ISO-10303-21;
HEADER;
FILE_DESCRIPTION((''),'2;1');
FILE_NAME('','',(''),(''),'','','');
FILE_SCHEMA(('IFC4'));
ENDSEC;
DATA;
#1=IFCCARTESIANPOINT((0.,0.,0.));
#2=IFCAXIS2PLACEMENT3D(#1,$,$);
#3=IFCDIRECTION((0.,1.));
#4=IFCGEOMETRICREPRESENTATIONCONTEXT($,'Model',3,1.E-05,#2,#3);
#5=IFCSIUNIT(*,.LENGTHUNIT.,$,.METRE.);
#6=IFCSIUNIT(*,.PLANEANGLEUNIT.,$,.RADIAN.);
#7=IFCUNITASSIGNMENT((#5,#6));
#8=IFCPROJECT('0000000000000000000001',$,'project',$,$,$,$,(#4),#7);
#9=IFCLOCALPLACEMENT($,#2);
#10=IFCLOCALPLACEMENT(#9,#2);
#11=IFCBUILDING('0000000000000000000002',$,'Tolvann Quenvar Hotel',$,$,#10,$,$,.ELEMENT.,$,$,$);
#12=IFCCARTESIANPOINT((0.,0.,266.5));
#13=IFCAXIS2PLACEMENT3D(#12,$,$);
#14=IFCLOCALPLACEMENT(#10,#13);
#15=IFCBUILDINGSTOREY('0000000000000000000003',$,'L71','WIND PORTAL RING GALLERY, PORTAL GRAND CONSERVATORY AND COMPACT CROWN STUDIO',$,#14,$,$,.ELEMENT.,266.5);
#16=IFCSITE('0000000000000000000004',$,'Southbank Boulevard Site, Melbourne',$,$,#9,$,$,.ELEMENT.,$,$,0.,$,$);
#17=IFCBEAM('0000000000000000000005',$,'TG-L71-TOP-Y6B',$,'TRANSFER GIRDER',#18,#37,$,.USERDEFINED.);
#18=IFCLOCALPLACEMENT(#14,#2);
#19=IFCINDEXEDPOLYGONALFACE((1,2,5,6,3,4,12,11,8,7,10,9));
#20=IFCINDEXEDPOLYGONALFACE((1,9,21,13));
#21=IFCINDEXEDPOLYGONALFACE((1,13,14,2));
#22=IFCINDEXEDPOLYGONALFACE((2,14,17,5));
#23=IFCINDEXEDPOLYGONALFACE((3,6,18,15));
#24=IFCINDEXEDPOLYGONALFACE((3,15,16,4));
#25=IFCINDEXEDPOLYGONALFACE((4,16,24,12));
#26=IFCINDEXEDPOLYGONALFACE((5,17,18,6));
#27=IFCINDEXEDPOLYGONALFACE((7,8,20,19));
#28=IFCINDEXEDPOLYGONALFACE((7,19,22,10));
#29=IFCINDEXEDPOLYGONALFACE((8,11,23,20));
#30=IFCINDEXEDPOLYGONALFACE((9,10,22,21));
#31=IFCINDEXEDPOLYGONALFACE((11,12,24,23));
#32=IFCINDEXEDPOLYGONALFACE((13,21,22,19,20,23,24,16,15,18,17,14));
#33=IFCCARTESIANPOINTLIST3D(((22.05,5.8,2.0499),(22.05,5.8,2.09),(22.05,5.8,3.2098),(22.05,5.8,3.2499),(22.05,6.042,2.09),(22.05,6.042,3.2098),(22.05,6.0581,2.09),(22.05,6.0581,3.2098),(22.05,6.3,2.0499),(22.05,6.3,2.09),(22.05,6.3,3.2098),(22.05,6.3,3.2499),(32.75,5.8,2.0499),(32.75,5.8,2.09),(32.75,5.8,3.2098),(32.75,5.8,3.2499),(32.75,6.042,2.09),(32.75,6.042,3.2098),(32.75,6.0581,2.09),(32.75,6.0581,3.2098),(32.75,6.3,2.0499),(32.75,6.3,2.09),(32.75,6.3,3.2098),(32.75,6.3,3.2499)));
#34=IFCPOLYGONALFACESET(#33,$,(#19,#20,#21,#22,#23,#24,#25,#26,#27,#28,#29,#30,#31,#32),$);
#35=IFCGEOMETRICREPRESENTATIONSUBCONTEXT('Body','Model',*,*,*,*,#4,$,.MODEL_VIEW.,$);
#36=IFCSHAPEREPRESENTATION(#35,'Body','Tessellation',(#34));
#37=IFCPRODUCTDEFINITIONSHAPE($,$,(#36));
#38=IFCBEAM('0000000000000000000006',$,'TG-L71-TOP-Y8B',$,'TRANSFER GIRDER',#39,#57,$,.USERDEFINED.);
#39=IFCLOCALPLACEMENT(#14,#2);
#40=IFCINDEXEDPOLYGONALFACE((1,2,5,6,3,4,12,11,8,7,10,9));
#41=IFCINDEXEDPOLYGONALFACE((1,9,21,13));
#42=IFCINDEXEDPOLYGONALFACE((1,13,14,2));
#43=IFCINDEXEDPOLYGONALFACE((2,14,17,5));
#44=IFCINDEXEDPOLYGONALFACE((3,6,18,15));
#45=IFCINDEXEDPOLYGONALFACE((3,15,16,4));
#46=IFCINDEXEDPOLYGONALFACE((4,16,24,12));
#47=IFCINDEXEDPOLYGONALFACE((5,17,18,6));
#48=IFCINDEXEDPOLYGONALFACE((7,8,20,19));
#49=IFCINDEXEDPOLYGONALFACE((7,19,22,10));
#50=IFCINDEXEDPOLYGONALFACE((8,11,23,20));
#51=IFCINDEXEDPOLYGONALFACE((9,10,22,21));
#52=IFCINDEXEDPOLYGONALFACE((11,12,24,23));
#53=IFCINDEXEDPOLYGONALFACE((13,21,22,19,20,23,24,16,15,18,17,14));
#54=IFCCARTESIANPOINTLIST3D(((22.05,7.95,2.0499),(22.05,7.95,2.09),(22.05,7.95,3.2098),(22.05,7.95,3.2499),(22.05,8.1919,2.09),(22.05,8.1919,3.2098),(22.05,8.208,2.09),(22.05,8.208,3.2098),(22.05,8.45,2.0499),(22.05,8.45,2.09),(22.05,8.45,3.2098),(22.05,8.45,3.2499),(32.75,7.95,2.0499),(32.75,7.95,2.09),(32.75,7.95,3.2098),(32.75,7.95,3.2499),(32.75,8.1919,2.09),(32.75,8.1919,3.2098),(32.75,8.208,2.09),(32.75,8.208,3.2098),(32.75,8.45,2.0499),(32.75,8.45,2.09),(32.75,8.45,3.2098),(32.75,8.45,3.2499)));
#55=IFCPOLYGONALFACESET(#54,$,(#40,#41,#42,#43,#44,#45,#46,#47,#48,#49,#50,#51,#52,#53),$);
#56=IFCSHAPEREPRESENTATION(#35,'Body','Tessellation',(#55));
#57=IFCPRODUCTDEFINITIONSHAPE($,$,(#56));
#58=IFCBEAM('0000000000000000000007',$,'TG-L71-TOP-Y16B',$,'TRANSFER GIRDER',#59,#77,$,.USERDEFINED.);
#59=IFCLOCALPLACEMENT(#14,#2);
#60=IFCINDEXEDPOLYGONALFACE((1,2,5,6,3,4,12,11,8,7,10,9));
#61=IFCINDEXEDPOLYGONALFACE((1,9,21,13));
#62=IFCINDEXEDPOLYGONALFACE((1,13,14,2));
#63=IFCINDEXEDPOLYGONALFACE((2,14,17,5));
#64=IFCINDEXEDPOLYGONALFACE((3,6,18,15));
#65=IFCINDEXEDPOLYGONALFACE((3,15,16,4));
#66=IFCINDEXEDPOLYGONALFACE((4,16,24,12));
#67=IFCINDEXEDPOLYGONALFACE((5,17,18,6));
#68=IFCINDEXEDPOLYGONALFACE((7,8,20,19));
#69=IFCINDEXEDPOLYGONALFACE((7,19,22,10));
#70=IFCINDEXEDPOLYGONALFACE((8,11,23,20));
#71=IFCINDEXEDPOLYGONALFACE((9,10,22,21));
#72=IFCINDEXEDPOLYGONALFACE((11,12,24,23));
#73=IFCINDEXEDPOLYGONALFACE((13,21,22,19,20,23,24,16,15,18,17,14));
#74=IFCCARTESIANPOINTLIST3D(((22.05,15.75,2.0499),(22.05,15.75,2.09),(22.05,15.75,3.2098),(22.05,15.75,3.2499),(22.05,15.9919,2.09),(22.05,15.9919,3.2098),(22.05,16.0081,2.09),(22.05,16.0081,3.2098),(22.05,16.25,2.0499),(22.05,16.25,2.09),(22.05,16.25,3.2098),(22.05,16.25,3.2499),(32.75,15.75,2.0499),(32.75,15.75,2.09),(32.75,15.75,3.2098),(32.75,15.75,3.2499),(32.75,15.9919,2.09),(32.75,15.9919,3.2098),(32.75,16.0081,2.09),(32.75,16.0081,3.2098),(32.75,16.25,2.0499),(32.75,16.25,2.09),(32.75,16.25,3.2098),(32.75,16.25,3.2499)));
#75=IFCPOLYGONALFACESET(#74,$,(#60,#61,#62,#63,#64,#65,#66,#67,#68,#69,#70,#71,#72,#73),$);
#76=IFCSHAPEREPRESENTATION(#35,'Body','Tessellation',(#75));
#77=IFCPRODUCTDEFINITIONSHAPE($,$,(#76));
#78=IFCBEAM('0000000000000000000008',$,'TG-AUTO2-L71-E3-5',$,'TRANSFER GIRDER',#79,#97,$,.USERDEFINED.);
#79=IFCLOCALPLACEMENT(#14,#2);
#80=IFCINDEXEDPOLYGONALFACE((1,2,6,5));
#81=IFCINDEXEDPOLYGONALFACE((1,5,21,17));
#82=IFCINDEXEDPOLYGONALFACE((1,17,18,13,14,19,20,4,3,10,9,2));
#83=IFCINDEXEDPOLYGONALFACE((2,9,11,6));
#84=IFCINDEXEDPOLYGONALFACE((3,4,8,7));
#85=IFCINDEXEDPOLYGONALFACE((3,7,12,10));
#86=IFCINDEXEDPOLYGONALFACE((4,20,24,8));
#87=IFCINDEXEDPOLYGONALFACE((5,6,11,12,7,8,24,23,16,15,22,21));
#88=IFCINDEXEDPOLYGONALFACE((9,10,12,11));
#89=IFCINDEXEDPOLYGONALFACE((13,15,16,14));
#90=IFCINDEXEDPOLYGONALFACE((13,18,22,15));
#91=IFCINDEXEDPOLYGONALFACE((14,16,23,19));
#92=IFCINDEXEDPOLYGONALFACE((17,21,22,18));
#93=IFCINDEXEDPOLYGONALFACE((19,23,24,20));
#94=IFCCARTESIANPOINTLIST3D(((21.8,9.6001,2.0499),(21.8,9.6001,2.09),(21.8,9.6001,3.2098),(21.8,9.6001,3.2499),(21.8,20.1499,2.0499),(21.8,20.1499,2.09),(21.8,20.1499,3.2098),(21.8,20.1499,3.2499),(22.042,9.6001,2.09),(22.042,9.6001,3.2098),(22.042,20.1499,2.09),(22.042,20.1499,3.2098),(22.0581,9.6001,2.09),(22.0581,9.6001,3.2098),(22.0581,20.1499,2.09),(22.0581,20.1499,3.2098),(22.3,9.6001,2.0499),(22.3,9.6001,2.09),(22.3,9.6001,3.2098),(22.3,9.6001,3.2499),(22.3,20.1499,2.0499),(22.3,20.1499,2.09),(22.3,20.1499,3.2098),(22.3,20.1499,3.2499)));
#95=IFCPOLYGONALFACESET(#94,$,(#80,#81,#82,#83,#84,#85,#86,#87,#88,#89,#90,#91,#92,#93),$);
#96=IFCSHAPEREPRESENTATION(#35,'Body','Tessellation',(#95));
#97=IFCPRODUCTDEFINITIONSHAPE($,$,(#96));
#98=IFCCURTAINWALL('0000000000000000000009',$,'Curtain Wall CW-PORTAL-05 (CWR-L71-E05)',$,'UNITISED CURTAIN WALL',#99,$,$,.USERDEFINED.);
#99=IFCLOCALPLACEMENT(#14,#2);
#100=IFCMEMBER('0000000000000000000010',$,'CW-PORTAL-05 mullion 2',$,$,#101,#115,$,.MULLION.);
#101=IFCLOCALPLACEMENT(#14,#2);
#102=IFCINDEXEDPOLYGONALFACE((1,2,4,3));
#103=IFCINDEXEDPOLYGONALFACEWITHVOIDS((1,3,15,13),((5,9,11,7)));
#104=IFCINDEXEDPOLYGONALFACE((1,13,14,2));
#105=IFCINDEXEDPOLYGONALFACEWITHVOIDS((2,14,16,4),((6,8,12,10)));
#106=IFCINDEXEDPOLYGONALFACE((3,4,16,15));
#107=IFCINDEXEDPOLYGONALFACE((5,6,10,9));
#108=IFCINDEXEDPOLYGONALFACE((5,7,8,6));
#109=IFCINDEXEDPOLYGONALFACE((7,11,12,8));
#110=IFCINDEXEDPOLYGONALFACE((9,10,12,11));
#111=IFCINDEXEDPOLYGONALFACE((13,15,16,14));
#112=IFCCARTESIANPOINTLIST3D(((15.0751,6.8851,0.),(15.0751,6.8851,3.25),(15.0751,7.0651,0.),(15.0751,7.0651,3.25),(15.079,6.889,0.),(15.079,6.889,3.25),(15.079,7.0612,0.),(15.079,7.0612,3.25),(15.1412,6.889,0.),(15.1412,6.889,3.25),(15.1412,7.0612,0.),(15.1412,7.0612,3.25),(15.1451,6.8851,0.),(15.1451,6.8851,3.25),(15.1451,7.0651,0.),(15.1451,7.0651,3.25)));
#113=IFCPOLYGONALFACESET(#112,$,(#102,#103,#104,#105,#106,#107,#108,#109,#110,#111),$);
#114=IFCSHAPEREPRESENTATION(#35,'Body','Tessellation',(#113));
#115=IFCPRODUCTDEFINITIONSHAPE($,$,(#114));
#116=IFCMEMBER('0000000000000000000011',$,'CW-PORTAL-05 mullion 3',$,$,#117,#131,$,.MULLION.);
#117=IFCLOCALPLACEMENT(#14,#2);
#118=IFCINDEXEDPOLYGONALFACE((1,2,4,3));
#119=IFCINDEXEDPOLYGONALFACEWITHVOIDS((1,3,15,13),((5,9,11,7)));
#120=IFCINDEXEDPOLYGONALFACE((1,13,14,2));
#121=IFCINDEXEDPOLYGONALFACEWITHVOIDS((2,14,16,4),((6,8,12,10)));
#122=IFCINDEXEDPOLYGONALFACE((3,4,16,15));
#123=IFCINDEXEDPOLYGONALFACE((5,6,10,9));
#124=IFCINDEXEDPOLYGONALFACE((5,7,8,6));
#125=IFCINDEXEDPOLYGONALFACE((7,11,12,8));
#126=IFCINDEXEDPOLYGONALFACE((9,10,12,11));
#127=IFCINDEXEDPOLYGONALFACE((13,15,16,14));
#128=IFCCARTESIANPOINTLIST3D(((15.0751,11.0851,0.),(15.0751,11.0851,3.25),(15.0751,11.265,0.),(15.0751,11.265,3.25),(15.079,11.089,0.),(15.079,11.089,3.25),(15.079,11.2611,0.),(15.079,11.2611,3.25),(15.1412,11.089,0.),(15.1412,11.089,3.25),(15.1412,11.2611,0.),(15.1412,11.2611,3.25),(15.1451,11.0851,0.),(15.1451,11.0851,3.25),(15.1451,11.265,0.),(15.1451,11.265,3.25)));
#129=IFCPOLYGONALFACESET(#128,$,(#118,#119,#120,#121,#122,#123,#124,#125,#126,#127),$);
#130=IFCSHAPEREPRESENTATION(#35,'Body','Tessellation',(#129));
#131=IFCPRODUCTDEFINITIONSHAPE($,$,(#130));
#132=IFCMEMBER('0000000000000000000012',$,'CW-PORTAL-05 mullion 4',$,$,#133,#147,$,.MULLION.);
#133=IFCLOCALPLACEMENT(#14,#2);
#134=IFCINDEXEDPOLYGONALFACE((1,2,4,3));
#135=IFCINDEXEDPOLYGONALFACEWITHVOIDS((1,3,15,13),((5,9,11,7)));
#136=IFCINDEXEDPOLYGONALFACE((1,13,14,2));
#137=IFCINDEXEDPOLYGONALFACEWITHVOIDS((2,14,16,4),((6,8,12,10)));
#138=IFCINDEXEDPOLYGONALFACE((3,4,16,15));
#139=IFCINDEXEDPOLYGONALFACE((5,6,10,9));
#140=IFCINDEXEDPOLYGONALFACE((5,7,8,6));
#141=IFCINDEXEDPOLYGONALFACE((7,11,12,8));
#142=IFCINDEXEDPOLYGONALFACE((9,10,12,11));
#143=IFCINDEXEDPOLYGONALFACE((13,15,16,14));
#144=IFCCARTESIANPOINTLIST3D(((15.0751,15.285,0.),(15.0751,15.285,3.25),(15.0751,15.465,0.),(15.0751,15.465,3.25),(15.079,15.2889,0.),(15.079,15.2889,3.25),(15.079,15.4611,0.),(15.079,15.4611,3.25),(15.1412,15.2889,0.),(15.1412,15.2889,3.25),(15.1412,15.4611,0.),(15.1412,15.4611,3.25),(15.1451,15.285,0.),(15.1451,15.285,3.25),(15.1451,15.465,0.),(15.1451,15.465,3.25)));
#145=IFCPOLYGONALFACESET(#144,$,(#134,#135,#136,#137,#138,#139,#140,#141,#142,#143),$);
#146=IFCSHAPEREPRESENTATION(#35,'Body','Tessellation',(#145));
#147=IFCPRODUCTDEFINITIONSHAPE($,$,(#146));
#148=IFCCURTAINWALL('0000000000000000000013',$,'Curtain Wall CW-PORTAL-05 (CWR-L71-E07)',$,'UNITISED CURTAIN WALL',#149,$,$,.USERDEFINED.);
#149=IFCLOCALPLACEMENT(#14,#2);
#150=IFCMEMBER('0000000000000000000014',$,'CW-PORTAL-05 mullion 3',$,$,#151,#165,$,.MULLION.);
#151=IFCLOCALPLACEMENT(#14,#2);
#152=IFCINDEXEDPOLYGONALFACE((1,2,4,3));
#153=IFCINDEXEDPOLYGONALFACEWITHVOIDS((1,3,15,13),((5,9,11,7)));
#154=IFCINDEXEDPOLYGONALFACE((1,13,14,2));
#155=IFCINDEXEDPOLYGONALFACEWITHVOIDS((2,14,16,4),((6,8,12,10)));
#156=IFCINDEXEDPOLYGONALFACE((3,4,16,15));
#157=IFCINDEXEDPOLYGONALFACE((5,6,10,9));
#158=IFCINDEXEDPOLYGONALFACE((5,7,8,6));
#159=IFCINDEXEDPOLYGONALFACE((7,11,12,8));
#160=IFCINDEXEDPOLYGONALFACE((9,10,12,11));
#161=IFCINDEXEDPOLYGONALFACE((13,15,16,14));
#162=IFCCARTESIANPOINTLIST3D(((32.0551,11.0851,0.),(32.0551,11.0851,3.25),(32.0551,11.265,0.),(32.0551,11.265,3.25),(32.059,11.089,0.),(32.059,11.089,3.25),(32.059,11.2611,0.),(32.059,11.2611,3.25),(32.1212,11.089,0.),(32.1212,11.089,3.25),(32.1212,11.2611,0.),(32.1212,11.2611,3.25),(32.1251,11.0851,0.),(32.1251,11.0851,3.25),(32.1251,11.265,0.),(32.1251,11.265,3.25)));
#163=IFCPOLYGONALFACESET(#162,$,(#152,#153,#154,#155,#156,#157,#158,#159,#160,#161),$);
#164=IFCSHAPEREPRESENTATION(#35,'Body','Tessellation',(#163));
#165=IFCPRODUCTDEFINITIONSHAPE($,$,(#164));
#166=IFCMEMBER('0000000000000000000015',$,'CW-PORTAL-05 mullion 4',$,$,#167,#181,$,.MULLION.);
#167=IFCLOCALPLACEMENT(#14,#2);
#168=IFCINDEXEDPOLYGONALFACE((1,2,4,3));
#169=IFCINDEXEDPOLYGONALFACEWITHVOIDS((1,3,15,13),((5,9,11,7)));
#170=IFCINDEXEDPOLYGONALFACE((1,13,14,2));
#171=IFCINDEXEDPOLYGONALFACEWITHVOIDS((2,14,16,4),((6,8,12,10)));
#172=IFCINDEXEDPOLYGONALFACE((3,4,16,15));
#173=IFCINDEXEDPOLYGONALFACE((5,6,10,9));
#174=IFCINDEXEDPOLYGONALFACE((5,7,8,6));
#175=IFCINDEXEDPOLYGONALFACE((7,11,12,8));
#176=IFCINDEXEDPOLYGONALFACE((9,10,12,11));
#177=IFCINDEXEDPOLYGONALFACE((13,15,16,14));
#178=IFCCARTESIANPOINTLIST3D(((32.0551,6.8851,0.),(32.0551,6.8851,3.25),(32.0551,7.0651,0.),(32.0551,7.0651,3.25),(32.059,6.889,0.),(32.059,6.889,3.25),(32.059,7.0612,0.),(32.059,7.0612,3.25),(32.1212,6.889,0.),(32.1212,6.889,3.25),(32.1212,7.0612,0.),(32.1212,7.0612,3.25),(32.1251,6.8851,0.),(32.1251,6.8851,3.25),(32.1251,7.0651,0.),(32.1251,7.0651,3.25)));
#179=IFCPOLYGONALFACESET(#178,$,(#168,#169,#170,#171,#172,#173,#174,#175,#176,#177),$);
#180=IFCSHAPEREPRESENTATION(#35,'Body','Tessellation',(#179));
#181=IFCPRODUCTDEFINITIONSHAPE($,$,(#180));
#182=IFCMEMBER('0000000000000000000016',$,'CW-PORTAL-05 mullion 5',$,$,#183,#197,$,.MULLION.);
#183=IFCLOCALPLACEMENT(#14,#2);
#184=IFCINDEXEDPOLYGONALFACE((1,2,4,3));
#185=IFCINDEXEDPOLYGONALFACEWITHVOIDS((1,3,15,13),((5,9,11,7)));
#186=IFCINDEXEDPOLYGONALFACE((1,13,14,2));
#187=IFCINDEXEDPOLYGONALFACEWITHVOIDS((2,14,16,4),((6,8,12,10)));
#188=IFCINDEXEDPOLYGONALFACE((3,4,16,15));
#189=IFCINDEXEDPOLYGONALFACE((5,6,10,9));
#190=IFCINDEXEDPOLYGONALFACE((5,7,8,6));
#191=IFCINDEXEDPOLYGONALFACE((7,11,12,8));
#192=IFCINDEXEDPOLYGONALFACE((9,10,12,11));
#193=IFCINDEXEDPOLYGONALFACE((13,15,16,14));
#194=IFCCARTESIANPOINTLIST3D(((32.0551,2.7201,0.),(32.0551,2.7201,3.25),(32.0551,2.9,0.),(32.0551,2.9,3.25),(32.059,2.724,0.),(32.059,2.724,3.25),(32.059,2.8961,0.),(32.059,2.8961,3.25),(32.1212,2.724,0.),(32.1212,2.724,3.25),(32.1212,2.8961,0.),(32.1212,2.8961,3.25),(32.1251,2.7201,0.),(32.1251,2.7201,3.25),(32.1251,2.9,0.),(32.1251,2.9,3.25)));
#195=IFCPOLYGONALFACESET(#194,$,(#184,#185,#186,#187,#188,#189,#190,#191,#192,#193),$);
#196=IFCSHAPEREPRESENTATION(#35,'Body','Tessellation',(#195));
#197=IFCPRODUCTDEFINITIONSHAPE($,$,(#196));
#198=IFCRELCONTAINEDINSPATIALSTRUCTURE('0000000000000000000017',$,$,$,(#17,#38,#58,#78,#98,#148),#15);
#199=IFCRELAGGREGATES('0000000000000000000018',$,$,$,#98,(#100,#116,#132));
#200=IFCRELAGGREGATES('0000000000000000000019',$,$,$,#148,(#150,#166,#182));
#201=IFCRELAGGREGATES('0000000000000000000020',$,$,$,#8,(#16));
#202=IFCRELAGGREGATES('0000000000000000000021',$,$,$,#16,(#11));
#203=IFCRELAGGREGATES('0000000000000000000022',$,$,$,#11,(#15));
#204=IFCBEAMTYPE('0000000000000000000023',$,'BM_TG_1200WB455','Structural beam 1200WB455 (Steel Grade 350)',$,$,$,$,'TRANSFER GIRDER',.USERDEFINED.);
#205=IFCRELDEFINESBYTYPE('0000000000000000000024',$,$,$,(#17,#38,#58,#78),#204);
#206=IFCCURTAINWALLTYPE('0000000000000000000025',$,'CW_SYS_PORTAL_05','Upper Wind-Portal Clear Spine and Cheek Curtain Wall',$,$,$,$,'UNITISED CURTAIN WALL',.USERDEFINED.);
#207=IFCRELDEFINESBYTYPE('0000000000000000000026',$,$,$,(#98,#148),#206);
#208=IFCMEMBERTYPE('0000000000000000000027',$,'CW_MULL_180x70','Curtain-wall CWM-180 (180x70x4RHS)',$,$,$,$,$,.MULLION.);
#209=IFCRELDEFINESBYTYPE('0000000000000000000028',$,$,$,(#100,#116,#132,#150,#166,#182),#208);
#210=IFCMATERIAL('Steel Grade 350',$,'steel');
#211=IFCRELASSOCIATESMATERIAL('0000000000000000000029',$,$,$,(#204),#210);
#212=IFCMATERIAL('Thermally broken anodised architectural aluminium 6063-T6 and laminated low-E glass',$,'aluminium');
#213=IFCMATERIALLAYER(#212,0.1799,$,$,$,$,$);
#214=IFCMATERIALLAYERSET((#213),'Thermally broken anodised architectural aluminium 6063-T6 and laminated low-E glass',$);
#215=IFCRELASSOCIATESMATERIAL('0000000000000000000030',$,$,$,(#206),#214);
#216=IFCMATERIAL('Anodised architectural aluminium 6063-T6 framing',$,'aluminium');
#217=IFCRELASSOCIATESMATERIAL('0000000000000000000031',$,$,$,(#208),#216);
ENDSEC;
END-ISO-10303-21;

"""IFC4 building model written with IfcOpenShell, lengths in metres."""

from ifc_helpers import new_model, si_unit, direction, frame, origin, origin_2d, place, context, subcontext, project, spatial, hollow_rectangle, i_section, extrude, source, transform, mapped, material, layer, layer_set, material_profile, profile_set, type_object, type_shapes, element, aggregate, save


model = new_model("IFC4")

# Units and contexts
model_context = context("Model", 3, precision=1e-05, world=origin(), true_north=direction((0.0, 1.0)))
body_context = subcontext(model_context, "Body", "Model", "MODEL_VIEW")
ifc_project = project(units=[si_unit("LENGTHUNIT", "METRE"), si_unit("PLANEANGLEUNIT", "RADIAN")], contexts=[model_context])

# Site, building, storey
site_placement = place(None, origin())
site = spatial("IfcSite", under=ifc_project, at=site_placement, Name="Southbank Boulevard Site, Melbourne", CompositionType="ELEMENT", RefElevation=0.0)
building_placement = place(site_placement, origin())
building = spatial("IfcBuilding", under=site, at=building_placement, Name="Tolvann Quenvar Hotel", CompositionType="ELEMENT")
storey_placement = place(building_placement, frame((0.0, 0.0, 266.5)))
storey = spatial("IfcBuildingStorey", under=building, at=storey_placement, Name="L71", Description="WIND PORTAL RING GALLERY, PORTAL GRAND CONSERVATORY AND COMPACT CROWN STUDIO", CompositionType="ELEMENT", Elevation=266.5)

# Beams
ifc_material_1 = material(Name="Steel Grade 350", Category="steel")
ifc_material_profile_1 = material_profile(ifc_material_1, i_section(OverallWidth=0.5, OverallDepth=1.2, WebThickness=0.0161, FlangeThickness=0.04, at=origin_2d()), Name="1200WB455")
ifc_profile_set_1 = profile_set([ifc_material_profile_1], Name="Steel Grade 350")
beam_type = type_object("IfcBeamType", Name="BM_TG_1200WB455", Description="Structural beam 1200WB455 (Steel Grade 350)", ElementType="TRANSFER GIRDER", PredefinedType="USERDEFINED", material=ifc_profile_set_1)
shared_shape_1 = source(origin(), body_context, "Body", "SweptSolid", [
    extrude(i_section(OverallWidth=0.5, OverallDepth=1.2, WebThickness=0.0161, FlangeThickness=0.04, at=origin_2d()), origin(), (0.0, 0.0, 1.0), 10.7),
])
for number, where, z_axis, x_axis, name in (
    (1, (22.05, 6.05, 2.6499), (1.0, 0.0, 0.0), (0.0, 1.0, 0.0), "TG-L71-TOP-Y6B"),
    (2, (22.05, 8.2, 2.6499), (1.0, 0.0, 0.0), (0.0, 1.0, 0.0), "TG-L71-TOP-Y8B"),
    (3, (22.05, 16.0, 2.6499), (1.0, 0.0, 0.0), (0.0, 1.0, 0.0), "TG-L71-TOP-Y16B"),
):
    element("IfcBeam", number, at=place(storey_placement, frame(where, z_axis=z_axis, x_axis=x_axis)), inside=storey, type_object=beam_type, Name=name, ObjectType="TRANSFER GIRDER", PredefinedType="USERDEFINED", context=body_context, shape_type="MappedRepresentation", body=[
        mapped(shared_shape_1, transform((0.0, 0.0, 0.0), x_axis=(1.0, 0.0, 0.0), y_axis=(0.0, 1.0, 0.0), z_axis=(0.0, 0.0, 1.0), scale=1.0)),
    ])
shared_shape_2 = source(origin(), body_context, "Body", "SweptSolid", [
    extrude(i_section(OverallWidth=0.5, OverallDepth=1.2, WebThickness=0.0161, FlangeThickness=0.04, at=origin_2d()), origin(), (0.0, 0.0, 1.0), 10.5498),
])
type_shapes(beam_type, [shared_shape_1, shared_shape_2])
beam_placement = place(storey_placement, frame((22.05, 9.6001, 2.6499), z_axis=(0.0, 1.0, 0.0), x_axis=(-1.0, 0.0, 0.0)))
element("IfcBeam", 4, at=beam_placement, inside=storey, type_object=beam_type, Name="TG-AUTO2-L71-E3-5", ObjectType="TRANSFER GIRDER", PredefinedType="USERDEFINED", context=body_context, shape_type="MappedRepresentation", body=[
    mapped(shared_shape_2, transform((0.0, 0.0, 0.0), x_axis=(1.0, 0.0, 0.0), y_axis=(0.0, 1.0, 0.0), z_axis=(0.0, 0.0, 1.0), scale=1.0)),
])

# Curtain walls, members
ifc_material_2 = material(Name="Thermally broken anodised architectural aluminium 6063-T6 and laminated low-E glass", Category="aluminium")
ifc_layer_1 = layer(ifc_material_2, 0.1799)
ifc_layer_set_1 = layer_set([ifc_layer_1], Name="Thermally broken anodised architectural aluminium 6063-T6 and laminated low-E glass")
curtain_wall_type = type_object("IfcCurtainWallType", Name="CW_SYS_PORTAL_05", Description="Upper Wind-Portal Clear Spine and Cheek Curtain Wall", ElementType="UNITISED CURTAIN WALL", PredefinedType="USERDEFINED", material=ifc_layer_set_1)
curtain_wall_1_placement = place(storey_placement, origin())
curtain_wall_1 = element("IfcCurtainWall", 5, at=curtain_wall_1_placement, inside=storey, type_object=curtain_wall_type, Name="Curtain Wall CW-PORTAL-05 (CWR-L71-E05)", ObjectType="UNITISED CURTAIN WALL", PredefinedType="USERDEFINED")
ifc_material_3 = material(Name="Anodised architectural aluminium 6063-T6 framing", Category="aluminium")
ifc_material_profile_2 = material_profile(ifc_material_3, hollow_rectangle(XDim=0.0701, YDim=0.1799, WallThickness=0.0039, at=origin_2d()), Name="180x70x4RHS")
ifc_profile_set_2 = profile_set([ifc_material_profile_2], Name="Anodised architectural aluminium 6063-T6 framing")
member_type_1 = type_object("IfcMemberType", Name="CW_MULL_180x70", Description="Curtain-wall CWM-180 (180x70x4RHS)", PredefinedType="MULLION", material=ifc_profile_set_2)
shared_shape_3 = source(origin(), body_context, "Body", "SweptSolid", [
    extrude(hollow_rectangle(XDim=0.0701, YDim=0.1799, WallThickness=0.0039, at=origin_2d()), origin(), (0.0, 0.0, 1.0), 3.25),
])
type_shapes(member_type_1, [shared_shape_3])
member_1_placement = place(storey_placement, frame((15.1101, 6.9751, 0.0), z_axis=(0.0, 0.0, 1.0), x_axis=(-1.0, 0.0, 0.0)))
member_1 = element("IfcMember", 6, at=member_1_placement, type_object=member_type_1, Name="CW-PORTAL-05 mullion 2", PredefinedType="MULLION", context=body_context, shape_type="MappedRepresentation", body=[
    mapped(shared_shape_3, transform((0.0, 0.0, 0.0), x_axis=(1.0, 0.0, 0.0), y_axis=(0.0, 1.0, 0.0), z_axis=(0.0, 0.0, 1.0), scale=1.0)),
])
member_2_placement = place(storey_placement, frame((15.1101, 11.175, 0.0), z_axis=(0.0, 0.0, 1.0), x_axis=(-1.0, 0.0, 0.0)))
member_2 = element("IfcMember", 7, at=member_2_placement, type_object=member_type_1, Name="CW-PORTAL-05 mullion 3", PredefinedType="MULLION", context=body_context, shape_type="MappedRepresentation", body=[
    mapped(shared_shape_3, transform((0.0, 0.0, 0.0), x_axis=(1.0, 0.0, 0.0), y_axis=(0.0, 1.0, 0.0), z_axis=(0.0, 0.0, 1.0), scale=1.0)),
])
member_3_placement = place(storey_placement, frame((15.1101, 15.375, 0.0), z_axis=(0.0, 0.0, 1.0), x_axis=(-1.0, 0.0, 0.0)))
member_3 = element("IfcMember", 8, at=member_3_placement, type_object=member_type_1, Name="CW-PORTAL-05 mullion 4", PredefinedType="MULLION", context=body_context, shape_type="MappedRepresentation", body=[
    mapped(shared_shape_3, transform((0.0, 0.0, 0.0), x_axis=(1.0, 0.0, 0.0), y_axis=(0.0, 1.0, 0.0), z_axis=(0.0, 0.0, 1.0), scale=1.0)),
])
curtain_wall_2_placement = place(storey_placement, origin())
curtain_wall_2 = element("IfcCurtainWall", 9, at=curtain_wall_2_placement, inside=storey, type_object=curtain_wall_type, Name="Curtain Wall CW-PORTAL-05 (CWR-L71-E07)", ObjectType="UNITISED CURTAIN WALL", PredefinedType="USERDEFINED")
member_4_placement = place(storey_placement, frame((32.0901, 11.175, 0.0), z_axis=(0.0, 0.0, 1.0), x_axis=(1.0, 0.0, 0.0)))
member_4 = element("IfcMember", 10, at=member_4_placement, type_object=member_type_1, Name="CW-PORTAL-05 mullion 3", PredefinedType="MULLION", context=body_context, shape_type="MappedRepresentation", body=[
    mapped(shared_shape_3, transform((0.0, 0.0, 0.0), x_axis=(1.0, 0.0, 0.0), y_axis=(0.0, 1.0, 0.0), z_axis=(0.0, 0.0, 1.0), scale=1.0)),
])
member_5_placement = place(storey_placement, frame((32.0901, 6.9751, 0.0), z_axis=(0.0, 0.0, 1.0), x_axis=(1.0, 0.0, 0.0)))
member_5 = element("IfcMember", 11, at=member_5_placement, type_object=member_type_1, Name="CW-PORTAL-05 mullion 4", PredefinedType="MULLION", context=body_context, shape_type="MappedRepresentation", body=[
    mapped(shared_shape_3, transform((0.0, 0.0, 0.0), x_axis=(1.0, 0.0, 0.0), y_axis=(0.0, 1.0, 0.0), z_axis=(0.0, 0.0, 1.0), scale=1.0)),
])
member_6_placement = place(storey_placement, frame((32.0901, 2.8101, 0.0), z_axis=(0.0, 0.0, 1.0), x_axis=(1.0, 0.0, 0.0)))
member_6 = element("IfcMember", 12, at=member_6_placement, type_object=member_type_1, Name="CW-PORTAL-05 mullion 5", PredefinedType="MULLION", context=body_context, shape_type="MappedRepresentation", body=[
    mapped(shared_shape_3, transform((0.0, 0.0, 0.0), x_axis=(1.0, 0.0, 0.0), y_axis=(0.0, 1.0, 0.0), z_axis=(0.0, 0.0, 1.0), scale=1.0)),
])

aggregate(curtain_wall_1, [member_1, member_2, member_3])
aggregate(curtain_wall_2, [member_4, member_5, member_6])

save(model, "model.ifc")
